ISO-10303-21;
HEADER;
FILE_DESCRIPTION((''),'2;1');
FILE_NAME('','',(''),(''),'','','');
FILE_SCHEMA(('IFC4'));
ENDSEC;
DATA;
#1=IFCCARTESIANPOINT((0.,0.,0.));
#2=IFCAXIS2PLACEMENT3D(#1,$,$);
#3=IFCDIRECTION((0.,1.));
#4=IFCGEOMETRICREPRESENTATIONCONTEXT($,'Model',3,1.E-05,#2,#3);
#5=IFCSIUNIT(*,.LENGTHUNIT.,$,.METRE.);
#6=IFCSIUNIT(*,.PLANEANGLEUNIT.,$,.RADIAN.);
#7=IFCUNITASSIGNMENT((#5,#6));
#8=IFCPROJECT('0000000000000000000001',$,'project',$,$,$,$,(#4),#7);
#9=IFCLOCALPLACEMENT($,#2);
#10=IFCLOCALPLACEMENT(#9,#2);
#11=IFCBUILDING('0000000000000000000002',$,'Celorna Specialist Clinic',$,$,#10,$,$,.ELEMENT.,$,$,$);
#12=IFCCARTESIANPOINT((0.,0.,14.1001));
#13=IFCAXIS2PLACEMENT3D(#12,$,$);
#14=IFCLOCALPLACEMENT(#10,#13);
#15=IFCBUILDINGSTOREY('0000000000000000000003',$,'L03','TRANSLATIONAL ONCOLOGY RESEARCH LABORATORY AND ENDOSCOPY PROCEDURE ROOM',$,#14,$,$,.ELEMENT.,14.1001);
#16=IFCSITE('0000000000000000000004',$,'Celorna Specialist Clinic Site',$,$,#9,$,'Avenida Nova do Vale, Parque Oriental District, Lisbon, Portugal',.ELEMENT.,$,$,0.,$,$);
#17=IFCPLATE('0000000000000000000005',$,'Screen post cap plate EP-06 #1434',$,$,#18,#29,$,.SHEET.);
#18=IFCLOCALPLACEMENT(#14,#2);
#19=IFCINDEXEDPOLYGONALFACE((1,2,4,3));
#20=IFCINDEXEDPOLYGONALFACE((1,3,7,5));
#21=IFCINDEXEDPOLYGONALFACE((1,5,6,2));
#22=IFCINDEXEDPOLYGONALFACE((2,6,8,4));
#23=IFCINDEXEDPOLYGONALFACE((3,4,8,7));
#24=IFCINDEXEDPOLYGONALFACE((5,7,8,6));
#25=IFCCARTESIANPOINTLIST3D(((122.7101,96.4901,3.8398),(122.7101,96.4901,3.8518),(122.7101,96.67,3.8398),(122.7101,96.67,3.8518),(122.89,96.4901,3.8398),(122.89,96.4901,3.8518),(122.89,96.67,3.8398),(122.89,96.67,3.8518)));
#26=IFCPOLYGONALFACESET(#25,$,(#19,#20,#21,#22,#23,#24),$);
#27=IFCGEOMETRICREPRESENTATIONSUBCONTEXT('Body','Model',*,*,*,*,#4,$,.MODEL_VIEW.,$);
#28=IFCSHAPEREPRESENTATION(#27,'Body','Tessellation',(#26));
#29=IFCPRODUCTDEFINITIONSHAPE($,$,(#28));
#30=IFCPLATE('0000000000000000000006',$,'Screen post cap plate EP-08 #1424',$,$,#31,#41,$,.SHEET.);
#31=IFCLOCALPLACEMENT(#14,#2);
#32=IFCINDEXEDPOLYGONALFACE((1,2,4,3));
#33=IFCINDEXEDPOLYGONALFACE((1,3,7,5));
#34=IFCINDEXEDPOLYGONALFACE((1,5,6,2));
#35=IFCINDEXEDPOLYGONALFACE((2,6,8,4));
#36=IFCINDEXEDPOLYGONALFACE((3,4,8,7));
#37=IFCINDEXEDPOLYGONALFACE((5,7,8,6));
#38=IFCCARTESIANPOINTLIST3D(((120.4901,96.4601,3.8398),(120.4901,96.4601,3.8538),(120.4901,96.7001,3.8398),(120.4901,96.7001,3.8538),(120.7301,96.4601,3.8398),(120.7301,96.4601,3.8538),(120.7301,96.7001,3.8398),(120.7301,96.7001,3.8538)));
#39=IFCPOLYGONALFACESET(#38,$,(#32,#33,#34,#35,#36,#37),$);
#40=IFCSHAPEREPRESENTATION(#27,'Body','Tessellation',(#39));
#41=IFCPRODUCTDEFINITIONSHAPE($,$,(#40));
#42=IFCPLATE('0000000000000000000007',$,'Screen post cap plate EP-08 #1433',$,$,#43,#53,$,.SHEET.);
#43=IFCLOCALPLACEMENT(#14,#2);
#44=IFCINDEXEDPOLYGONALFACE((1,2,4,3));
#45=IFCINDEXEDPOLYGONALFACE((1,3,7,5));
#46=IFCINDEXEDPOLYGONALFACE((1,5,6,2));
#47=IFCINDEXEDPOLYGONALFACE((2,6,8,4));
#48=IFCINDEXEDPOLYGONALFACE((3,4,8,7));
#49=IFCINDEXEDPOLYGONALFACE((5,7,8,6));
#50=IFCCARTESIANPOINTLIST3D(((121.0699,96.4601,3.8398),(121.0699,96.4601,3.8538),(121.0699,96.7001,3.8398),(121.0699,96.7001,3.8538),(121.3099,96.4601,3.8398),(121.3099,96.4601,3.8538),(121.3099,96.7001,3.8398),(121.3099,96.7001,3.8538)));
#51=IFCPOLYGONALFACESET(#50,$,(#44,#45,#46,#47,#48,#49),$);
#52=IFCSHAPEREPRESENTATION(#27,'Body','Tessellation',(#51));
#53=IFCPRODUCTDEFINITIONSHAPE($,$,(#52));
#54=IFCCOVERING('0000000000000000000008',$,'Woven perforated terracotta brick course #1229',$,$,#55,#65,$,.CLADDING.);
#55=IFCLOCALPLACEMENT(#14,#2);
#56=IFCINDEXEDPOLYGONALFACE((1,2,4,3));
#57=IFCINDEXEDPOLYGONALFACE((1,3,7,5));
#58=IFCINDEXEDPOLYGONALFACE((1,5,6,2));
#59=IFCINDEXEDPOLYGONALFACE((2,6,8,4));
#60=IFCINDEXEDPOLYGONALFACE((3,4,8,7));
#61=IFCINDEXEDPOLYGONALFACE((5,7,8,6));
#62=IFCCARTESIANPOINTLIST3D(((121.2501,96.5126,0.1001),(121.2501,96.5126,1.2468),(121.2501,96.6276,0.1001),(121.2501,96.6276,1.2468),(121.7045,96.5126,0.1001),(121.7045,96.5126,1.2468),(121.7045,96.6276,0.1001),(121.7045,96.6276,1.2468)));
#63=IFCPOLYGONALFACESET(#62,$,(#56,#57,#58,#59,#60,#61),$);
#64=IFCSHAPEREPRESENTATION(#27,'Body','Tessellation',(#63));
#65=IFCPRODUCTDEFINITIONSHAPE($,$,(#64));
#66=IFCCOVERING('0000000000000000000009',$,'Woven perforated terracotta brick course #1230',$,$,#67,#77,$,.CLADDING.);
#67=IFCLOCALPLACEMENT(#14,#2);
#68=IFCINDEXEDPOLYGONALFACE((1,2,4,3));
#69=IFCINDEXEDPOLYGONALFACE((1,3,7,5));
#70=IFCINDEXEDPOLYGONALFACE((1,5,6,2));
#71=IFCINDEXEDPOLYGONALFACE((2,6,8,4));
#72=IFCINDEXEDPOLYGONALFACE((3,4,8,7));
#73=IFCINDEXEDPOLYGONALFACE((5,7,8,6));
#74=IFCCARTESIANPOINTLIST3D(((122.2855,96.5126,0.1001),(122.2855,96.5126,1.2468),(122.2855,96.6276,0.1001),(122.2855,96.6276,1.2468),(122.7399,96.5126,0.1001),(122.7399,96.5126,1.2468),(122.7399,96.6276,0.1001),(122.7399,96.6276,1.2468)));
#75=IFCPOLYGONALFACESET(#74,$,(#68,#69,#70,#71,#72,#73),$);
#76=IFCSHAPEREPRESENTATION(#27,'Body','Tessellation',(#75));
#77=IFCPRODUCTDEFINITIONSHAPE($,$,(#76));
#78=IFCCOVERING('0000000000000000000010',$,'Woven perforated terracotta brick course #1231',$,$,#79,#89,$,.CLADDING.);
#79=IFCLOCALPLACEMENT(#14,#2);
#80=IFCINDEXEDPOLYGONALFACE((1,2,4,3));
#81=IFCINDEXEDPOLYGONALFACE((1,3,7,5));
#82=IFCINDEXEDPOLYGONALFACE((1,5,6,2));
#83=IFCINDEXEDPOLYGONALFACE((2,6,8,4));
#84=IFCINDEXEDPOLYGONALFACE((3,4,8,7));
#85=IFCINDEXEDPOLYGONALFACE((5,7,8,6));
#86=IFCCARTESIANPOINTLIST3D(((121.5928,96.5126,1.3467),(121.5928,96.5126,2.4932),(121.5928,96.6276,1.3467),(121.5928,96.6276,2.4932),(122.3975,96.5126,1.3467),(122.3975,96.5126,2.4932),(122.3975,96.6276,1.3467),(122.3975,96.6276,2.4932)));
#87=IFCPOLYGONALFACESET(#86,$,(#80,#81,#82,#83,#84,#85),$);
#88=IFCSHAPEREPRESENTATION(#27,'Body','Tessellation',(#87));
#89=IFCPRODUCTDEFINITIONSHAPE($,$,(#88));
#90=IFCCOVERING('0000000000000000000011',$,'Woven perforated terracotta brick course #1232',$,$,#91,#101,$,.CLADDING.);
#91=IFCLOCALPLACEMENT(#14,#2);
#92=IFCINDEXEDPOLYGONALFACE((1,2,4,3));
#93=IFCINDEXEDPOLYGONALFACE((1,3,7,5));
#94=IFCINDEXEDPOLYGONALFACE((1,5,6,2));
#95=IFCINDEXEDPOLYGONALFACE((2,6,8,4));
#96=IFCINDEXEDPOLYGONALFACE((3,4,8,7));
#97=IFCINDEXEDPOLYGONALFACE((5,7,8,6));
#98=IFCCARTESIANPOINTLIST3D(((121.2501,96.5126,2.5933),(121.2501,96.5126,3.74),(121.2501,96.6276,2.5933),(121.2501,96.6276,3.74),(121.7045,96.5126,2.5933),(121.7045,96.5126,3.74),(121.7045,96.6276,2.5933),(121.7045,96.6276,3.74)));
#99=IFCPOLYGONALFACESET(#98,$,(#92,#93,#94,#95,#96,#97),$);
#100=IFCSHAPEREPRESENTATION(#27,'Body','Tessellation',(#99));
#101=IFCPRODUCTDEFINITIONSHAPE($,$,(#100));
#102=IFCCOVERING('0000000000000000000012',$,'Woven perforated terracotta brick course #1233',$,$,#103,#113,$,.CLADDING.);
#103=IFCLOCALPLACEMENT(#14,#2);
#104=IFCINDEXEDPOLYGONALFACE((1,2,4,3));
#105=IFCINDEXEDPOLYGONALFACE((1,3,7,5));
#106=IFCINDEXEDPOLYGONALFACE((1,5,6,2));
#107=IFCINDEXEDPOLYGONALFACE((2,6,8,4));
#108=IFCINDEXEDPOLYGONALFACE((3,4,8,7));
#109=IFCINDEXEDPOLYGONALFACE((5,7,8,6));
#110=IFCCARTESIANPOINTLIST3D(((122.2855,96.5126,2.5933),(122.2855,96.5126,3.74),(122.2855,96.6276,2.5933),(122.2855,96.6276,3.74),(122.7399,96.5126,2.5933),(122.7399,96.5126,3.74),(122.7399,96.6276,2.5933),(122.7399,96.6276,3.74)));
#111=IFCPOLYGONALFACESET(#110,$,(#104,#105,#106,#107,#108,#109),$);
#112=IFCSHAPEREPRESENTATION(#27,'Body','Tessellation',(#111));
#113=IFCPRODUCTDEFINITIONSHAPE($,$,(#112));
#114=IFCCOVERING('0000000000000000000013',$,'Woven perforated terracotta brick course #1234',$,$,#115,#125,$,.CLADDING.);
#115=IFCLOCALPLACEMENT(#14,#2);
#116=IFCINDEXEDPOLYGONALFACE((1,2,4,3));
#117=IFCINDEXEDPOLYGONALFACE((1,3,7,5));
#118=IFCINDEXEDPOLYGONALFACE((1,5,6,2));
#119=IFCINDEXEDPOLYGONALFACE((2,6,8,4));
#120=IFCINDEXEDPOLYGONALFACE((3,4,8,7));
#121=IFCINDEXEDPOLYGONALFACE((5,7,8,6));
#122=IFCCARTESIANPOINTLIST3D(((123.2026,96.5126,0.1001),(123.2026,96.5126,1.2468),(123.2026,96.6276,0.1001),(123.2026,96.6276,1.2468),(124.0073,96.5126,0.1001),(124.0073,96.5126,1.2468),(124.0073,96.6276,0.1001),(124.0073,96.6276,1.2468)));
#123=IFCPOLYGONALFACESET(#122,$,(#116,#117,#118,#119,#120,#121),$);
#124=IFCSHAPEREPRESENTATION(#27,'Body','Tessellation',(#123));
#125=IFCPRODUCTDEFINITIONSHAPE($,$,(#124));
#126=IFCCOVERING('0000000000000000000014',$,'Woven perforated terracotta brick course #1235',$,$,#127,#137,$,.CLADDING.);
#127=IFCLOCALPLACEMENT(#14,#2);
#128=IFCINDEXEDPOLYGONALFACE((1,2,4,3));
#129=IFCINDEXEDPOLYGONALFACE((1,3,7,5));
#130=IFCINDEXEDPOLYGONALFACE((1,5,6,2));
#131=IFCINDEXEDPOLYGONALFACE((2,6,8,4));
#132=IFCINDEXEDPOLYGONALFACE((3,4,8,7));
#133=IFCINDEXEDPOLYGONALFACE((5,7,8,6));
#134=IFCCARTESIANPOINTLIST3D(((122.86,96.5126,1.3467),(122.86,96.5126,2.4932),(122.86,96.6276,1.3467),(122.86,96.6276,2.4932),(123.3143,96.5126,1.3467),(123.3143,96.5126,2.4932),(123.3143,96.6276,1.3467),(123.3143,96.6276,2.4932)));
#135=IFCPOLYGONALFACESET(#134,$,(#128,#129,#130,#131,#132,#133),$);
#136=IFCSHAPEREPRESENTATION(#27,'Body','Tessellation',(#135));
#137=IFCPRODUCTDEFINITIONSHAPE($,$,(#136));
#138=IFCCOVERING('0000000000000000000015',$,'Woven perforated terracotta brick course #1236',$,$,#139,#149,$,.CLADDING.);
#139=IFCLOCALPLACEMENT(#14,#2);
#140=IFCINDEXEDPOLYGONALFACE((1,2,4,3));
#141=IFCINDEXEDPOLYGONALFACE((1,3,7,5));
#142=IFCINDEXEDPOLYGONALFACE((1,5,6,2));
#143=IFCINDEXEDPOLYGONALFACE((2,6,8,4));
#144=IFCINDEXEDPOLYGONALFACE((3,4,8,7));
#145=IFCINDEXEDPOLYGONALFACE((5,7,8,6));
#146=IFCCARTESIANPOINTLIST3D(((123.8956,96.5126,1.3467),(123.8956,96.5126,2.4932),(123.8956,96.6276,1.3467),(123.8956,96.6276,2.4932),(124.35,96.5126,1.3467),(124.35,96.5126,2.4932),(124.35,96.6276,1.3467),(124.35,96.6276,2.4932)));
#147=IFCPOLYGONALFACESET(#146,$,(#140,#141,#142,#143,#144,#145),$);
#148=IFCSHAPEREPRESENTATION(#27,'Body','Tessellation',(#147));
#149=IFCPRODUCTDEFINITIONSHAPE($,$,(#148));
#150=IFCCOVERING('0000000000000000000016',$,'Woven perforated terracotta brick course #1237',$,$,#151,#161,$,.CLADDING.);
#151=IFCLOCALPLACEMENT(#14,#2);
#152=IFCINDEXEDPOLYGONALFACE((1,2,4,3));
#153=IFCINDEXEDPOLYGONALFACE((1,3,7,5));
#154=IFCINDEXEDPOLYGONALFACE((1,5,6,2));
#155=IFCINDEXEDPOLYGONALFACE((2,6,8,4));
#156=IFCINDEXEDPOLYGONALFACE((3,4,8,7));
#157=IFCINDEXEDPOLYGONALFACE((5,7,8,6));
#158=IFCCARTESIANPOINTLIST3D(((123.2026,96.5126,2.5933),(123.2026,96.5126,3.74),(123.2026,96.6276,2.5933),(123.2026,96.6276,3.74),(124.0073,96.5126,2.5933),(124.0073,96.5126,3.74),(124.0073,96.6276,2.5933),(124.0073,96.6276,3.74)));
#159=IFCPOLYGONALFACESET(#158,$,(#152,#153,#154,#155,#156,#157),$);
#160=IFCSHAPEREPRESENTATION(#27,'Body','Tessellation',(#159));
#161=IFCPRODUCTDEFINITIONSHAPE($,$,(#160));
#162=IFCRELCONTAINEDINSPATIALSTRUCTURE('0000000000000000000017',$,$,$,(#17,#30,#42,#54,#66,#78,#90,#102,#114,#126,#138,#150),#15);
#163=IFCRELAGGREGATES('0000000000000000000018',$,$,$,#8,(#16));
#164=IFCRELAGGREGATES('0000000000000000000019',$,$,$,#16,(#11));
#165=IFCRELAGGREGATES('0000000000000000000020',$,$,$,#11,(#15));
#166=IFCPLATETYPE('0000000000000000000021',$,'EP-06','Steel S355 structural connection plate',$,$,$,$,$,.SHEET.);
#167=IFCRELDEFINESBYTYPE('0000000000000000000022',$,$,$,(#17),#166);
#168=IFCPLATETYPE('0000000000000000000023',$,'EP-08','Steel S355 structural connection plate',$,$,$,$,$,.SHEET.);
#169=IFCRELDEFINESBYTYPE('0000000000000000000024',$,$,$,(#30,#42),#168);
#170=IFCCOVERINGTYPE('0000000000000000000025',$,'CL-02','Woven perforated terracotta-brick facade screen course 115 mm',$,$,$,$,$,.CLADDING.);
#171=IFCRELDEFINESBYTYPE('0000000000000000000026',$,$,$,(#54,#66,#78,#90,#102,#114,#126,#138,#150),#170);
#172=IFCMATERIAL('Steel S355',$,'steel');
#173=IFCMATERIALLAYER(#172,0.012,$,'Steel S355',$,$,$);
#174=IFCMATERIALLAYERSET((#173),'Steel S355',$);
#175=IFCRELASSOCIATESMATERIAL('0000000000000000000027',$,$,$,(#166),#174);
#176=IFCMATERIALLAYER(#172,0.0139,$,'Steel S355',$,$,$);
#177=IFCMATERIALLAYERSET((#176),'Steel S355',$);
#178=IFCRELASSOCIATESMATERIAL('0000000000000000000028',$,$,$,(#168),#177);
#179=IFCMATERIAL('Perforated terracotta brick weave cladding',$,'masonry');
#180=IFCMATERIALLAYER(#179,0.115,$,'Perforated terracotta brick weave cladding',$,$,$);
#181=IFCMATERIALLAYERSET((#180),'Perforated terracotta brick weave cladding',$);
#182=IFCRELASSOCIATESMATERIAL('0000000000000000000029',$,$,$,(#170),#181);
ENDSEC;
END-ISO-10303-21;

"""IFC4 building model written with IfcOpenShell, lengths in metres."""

from ifc_helpers import new_model, si_unit, direction, frame, origin, origin_2d, place, context, subcontext, project, spatial, rectangle, extrude, material, layer, layer_set, type_object, element, save


model = new_model("IFC4")

# Units and contexts
model_context = context("Model", 3, precision=1e-05, world=origin(), true_north=direction((0.0, 1.0)))
body_context = subcontext(model_context, "Body", "Model", "MODEL_VIEW")
ifc_project = project(units=[si_unit("LENGTHUNIT", "METRE"), si_unit("PLANEANGLEUNIT", "RADIAN")], contexts=[model_context])

# Site, building, storey
site_placement = place(None, origin())
site = spatial("IfcSite", under=ifc_project, at=site_placement, Name="Celorna Specialist Clinic Site", LongName="Avenida Nova do Vale, Parque Oriental District, Lisbon, Portugal", CompositionType="ELEMENT", RefElevation=0.0)
building_placement = place(site_placement, origin())
building = spatial("IfcBuilding", under=site, at=building_placement, Name="Celorna Specialist Clinic", CompositionType="ELEMENT")
storey_placement = place(building_placement, frame((0.0, 0.0, 14.1001)))
storey = spatial("IfcBuildingStorey", under=building, at=storey_placement, Name="L03", Description="TRANSLATIONAL ONCOLOGY RESEARCH LABORATORY AND ENDOSCOPY PROCEDURE ROOM", CompositionType="ELEMENT", Elevation=14.1001)

# Shared definitions
ifc_material_1 = material(Name="Steel S355", Category="steel")

# Plates
ifc_layer_1 = layer(ifc_material_1, 0.012, Name="Steel S355")
ifc_layer_set_1 = layer_set([ifc_layer_1], Name="Steel S355")
plate_type_1 = type_object("IfcPlateType", Name="EP-06", Description="Steel S355 structural connection plate", PredefinedType="SHEET", material=ifc_layer_set_1)
plate_placement = place(storey_placement, frame((122.8, 96.5801, 3.8398), z_axis=(0.0, 0.0, 1.0), x_axis=(1.0, 0.0, 0.0)))
element("IfcPlate", 1, at=plate_placement, inside=storey, type_object=plate_type_1, Name="Screen post cap plate EP-06 #1434", PredefinedType="SHEET", context=body_context, shape_type="SweptSolid", body=[
    extrude(rectangle(XDim=0.1799, YDim=0.1799, at=origin_2d()), origin(), (0.0, 0.0, 1.0), 0.012),
])
ifc_layer_2 = layer(ifc_material_1, 0.0139, Name="Steel S355")
ifc_layer_set_2 = layer_set([ifc_layer_2], Name="Steel S355")
plate_type_2 = type_object("IfcPlateType", Name="EP-08", Description="Steel S355 structural connection plate", PredefinedType="SHEET", material=ifc_layer_set_2)
for number, where, z_axis, x_axis, name in (
    (2, (120.6101, 96.5801, 3.8398), (0.0, 0.0, 1.0), (1.0, 0.0, 0.0), "Screen post cap plate EP-08 #1424"),
    (3, (121.1899, 96.5801, 3.8398), (0.0, 0.0, 1.0), (1.0, 0.0, 0.0), "Screen post cap plate EP-08 #1433"),
):
    element("IfcPlate", number, at=place(storey_placement, frame(where, z_axis=z_axis, x_axis=x_axis)), inside=storey, type_object=plate_type_2, Name=name, PredefinedType="SHEET", context=body_context, shape_type="SweptSolid", body=[
        extrude(rectangle(XDim=0.24, YDim=0.24, at=origin_2d()), origin(), (0.0, 0.0, 1.0), 0.0139),
    ])

# Coverings
ifc_material_2 = material(Name="Perforated terracotta brick weave cladding", Category="masonry")
ifc_layer_3 = layer(ifc_material_2, 0.115, Name="Perforated terracotta brick weave cladding")
ifc_layer_set_3 = layer_set([ifc_layer_3], Name="Perforated terracotta brick weave cladding")
covering_type = type_object("IfcCoveringType", Name="CL-02", Description="Woven perforated terracotta-brick facade screen course 115 mm", PredefinedType="CLADDING", material=ifc_layer_set_3)
for number, where, z_axis, x_axis, name in (
    (4, (121.4773, 96.5701, 0.1001), (0.0, 0.0, 1.0), (1.0, 0.0, 0.0), "Woven perforated terracotta brick course #1229"),
    (5, (122.5127, 96.5701, 0.1001), (0.0, 0.0, 1.0), (1.0, 0.0, 0.0), "Woven perforated terracotta brick course #1230"),
):
    element("IfcCovering", number, at=place(storey_placement, frame(where, z_axis=z_axis, x_axis=x_axis)), inside=storey, type_object=covering_type, Name=name, PredefinedType="CLADDING", context=body_context, shape_type="SweptSolid", body=[
        extrude(rectangle(XDim=0.4543, YDim=0.115, at=origin_2d()), origin(), (0.0, 0.0, 1.0), 1.1467),
    ])
covering_1_placement = place(storey_placement, frame((121.9951, 96.5701, 1.3467), z_axis=(0.0, 0.0, 1.0), x_axis=(1.0, 0.0, 0.0)))
element("IfcCovering", 6, at=covering_1_placement, inside=storey, type_object=covering_type, Name="Woven perforated terracotta brick course #1231", PredefinedType="CLADDING", context=body_context, shape_type="SweptSolid", body=[
    extrude(rectangle(XDim=0.8047, YDim=0.115, at=origin_2d()), origin(), (0.0, 0.0, 1.0), 1.1465),
])
for number, where, z_axis, x_axis, name in (
    (7, (121.4773, 96.5701, 2.5933), (0.0, 0.0, 1.0), (1.0, 0.0, 0.0), "Woven perforated terracotta brick course #1232"),
    (8, (122.5127, 96.5701, 2.5933), (0.0, 0.0, 1.0), (1.0, 0.0, 0.0), "Woven perforated terracotta brick course #1233"),
):
    element("IfcCovering", number, at=place(storey_placement, frame(where, z_axis=z_axis, x_axis=x_axis)), inside=storey, type_object=covering_type, Name=name, PredefinedType="CLADDING", context=body_context, shape_type="SweptSolid", body=[
        extrude(rectangle(XDim=0.4543, YDim=0.115, at=origin_2d()), origin(), (0.0, 0.0, 1.0), 1.1467),
    ])
covering_2_placement = place(storey_placement, frame((123.605, 96.5701, 0.1001), z_axis=(0.0, 0.0, 1.0), x_axis=(1.0, 0.0, 0.0)))
element("IfcCovering", 9, at=covering_2_placement, inside=storey, type_object=covering_type, Name="Woven perforated terracotta brick course #1234", PredefinedType="CLADDING", context=body_context, shape_type="SweptSolid", body=[
    extrude(rectangle(XDim=0.8047, YDim=0.115, at=origin_2d()), origin(), (0.0, 0.0, 1.0), 1.1467),
])
for number, where, z_axis, x_axis, name in (
    (10, (123.0872, 96.5701, 1.3467), (0.0, 0.0, 1.0), (1.0, 0.0, 0.0), "Woven perforated terracotta brick course #1235"),
    (11, (124.1228, 96.5701, 1.3467), (0.0, 0.0, 1.0), (1.0, 0.0, 0.0), "Woven perforated terracotta brick course #1236"),
):
    element("IfcCovering", number, at=place(storey_placement, frame(where, z_axis=z_axis, x_axis=x_axis)), inside=storey, type_object=covering_type, Name=name, PredefinedType="CLADDING", context=body_context, shape_type="SweptSolid", body=[
        extrude(rectangle(XDim=0.4543, YDim=0.115, at=origin_2d()), origin(), (0.0, 0.0, 1.0), 1.1465),
    ])
covering_3_placement = place(storey_placement, frame((123.605, 96.5701, 2.5933), z_axis=(0.0, 0.0, 1.0), x_axis=(1.0, 0.0, 0.0)))
element("IfcCovering", 12, at=covering_3_placement, inside=storey, type_object=covering_type, Name="Woven perforated terracotta brick course #1237", PredefinedType="CLADDING", context=body_context, shape_type="SweptSolid", body=[
    extrude(rectangle(XDim=0.8047, YDim=0.115, at=origin_2d()), origin(), (0.0, 0.0, 1.0), 1.1467),
])

save(model, "model.ifc")
